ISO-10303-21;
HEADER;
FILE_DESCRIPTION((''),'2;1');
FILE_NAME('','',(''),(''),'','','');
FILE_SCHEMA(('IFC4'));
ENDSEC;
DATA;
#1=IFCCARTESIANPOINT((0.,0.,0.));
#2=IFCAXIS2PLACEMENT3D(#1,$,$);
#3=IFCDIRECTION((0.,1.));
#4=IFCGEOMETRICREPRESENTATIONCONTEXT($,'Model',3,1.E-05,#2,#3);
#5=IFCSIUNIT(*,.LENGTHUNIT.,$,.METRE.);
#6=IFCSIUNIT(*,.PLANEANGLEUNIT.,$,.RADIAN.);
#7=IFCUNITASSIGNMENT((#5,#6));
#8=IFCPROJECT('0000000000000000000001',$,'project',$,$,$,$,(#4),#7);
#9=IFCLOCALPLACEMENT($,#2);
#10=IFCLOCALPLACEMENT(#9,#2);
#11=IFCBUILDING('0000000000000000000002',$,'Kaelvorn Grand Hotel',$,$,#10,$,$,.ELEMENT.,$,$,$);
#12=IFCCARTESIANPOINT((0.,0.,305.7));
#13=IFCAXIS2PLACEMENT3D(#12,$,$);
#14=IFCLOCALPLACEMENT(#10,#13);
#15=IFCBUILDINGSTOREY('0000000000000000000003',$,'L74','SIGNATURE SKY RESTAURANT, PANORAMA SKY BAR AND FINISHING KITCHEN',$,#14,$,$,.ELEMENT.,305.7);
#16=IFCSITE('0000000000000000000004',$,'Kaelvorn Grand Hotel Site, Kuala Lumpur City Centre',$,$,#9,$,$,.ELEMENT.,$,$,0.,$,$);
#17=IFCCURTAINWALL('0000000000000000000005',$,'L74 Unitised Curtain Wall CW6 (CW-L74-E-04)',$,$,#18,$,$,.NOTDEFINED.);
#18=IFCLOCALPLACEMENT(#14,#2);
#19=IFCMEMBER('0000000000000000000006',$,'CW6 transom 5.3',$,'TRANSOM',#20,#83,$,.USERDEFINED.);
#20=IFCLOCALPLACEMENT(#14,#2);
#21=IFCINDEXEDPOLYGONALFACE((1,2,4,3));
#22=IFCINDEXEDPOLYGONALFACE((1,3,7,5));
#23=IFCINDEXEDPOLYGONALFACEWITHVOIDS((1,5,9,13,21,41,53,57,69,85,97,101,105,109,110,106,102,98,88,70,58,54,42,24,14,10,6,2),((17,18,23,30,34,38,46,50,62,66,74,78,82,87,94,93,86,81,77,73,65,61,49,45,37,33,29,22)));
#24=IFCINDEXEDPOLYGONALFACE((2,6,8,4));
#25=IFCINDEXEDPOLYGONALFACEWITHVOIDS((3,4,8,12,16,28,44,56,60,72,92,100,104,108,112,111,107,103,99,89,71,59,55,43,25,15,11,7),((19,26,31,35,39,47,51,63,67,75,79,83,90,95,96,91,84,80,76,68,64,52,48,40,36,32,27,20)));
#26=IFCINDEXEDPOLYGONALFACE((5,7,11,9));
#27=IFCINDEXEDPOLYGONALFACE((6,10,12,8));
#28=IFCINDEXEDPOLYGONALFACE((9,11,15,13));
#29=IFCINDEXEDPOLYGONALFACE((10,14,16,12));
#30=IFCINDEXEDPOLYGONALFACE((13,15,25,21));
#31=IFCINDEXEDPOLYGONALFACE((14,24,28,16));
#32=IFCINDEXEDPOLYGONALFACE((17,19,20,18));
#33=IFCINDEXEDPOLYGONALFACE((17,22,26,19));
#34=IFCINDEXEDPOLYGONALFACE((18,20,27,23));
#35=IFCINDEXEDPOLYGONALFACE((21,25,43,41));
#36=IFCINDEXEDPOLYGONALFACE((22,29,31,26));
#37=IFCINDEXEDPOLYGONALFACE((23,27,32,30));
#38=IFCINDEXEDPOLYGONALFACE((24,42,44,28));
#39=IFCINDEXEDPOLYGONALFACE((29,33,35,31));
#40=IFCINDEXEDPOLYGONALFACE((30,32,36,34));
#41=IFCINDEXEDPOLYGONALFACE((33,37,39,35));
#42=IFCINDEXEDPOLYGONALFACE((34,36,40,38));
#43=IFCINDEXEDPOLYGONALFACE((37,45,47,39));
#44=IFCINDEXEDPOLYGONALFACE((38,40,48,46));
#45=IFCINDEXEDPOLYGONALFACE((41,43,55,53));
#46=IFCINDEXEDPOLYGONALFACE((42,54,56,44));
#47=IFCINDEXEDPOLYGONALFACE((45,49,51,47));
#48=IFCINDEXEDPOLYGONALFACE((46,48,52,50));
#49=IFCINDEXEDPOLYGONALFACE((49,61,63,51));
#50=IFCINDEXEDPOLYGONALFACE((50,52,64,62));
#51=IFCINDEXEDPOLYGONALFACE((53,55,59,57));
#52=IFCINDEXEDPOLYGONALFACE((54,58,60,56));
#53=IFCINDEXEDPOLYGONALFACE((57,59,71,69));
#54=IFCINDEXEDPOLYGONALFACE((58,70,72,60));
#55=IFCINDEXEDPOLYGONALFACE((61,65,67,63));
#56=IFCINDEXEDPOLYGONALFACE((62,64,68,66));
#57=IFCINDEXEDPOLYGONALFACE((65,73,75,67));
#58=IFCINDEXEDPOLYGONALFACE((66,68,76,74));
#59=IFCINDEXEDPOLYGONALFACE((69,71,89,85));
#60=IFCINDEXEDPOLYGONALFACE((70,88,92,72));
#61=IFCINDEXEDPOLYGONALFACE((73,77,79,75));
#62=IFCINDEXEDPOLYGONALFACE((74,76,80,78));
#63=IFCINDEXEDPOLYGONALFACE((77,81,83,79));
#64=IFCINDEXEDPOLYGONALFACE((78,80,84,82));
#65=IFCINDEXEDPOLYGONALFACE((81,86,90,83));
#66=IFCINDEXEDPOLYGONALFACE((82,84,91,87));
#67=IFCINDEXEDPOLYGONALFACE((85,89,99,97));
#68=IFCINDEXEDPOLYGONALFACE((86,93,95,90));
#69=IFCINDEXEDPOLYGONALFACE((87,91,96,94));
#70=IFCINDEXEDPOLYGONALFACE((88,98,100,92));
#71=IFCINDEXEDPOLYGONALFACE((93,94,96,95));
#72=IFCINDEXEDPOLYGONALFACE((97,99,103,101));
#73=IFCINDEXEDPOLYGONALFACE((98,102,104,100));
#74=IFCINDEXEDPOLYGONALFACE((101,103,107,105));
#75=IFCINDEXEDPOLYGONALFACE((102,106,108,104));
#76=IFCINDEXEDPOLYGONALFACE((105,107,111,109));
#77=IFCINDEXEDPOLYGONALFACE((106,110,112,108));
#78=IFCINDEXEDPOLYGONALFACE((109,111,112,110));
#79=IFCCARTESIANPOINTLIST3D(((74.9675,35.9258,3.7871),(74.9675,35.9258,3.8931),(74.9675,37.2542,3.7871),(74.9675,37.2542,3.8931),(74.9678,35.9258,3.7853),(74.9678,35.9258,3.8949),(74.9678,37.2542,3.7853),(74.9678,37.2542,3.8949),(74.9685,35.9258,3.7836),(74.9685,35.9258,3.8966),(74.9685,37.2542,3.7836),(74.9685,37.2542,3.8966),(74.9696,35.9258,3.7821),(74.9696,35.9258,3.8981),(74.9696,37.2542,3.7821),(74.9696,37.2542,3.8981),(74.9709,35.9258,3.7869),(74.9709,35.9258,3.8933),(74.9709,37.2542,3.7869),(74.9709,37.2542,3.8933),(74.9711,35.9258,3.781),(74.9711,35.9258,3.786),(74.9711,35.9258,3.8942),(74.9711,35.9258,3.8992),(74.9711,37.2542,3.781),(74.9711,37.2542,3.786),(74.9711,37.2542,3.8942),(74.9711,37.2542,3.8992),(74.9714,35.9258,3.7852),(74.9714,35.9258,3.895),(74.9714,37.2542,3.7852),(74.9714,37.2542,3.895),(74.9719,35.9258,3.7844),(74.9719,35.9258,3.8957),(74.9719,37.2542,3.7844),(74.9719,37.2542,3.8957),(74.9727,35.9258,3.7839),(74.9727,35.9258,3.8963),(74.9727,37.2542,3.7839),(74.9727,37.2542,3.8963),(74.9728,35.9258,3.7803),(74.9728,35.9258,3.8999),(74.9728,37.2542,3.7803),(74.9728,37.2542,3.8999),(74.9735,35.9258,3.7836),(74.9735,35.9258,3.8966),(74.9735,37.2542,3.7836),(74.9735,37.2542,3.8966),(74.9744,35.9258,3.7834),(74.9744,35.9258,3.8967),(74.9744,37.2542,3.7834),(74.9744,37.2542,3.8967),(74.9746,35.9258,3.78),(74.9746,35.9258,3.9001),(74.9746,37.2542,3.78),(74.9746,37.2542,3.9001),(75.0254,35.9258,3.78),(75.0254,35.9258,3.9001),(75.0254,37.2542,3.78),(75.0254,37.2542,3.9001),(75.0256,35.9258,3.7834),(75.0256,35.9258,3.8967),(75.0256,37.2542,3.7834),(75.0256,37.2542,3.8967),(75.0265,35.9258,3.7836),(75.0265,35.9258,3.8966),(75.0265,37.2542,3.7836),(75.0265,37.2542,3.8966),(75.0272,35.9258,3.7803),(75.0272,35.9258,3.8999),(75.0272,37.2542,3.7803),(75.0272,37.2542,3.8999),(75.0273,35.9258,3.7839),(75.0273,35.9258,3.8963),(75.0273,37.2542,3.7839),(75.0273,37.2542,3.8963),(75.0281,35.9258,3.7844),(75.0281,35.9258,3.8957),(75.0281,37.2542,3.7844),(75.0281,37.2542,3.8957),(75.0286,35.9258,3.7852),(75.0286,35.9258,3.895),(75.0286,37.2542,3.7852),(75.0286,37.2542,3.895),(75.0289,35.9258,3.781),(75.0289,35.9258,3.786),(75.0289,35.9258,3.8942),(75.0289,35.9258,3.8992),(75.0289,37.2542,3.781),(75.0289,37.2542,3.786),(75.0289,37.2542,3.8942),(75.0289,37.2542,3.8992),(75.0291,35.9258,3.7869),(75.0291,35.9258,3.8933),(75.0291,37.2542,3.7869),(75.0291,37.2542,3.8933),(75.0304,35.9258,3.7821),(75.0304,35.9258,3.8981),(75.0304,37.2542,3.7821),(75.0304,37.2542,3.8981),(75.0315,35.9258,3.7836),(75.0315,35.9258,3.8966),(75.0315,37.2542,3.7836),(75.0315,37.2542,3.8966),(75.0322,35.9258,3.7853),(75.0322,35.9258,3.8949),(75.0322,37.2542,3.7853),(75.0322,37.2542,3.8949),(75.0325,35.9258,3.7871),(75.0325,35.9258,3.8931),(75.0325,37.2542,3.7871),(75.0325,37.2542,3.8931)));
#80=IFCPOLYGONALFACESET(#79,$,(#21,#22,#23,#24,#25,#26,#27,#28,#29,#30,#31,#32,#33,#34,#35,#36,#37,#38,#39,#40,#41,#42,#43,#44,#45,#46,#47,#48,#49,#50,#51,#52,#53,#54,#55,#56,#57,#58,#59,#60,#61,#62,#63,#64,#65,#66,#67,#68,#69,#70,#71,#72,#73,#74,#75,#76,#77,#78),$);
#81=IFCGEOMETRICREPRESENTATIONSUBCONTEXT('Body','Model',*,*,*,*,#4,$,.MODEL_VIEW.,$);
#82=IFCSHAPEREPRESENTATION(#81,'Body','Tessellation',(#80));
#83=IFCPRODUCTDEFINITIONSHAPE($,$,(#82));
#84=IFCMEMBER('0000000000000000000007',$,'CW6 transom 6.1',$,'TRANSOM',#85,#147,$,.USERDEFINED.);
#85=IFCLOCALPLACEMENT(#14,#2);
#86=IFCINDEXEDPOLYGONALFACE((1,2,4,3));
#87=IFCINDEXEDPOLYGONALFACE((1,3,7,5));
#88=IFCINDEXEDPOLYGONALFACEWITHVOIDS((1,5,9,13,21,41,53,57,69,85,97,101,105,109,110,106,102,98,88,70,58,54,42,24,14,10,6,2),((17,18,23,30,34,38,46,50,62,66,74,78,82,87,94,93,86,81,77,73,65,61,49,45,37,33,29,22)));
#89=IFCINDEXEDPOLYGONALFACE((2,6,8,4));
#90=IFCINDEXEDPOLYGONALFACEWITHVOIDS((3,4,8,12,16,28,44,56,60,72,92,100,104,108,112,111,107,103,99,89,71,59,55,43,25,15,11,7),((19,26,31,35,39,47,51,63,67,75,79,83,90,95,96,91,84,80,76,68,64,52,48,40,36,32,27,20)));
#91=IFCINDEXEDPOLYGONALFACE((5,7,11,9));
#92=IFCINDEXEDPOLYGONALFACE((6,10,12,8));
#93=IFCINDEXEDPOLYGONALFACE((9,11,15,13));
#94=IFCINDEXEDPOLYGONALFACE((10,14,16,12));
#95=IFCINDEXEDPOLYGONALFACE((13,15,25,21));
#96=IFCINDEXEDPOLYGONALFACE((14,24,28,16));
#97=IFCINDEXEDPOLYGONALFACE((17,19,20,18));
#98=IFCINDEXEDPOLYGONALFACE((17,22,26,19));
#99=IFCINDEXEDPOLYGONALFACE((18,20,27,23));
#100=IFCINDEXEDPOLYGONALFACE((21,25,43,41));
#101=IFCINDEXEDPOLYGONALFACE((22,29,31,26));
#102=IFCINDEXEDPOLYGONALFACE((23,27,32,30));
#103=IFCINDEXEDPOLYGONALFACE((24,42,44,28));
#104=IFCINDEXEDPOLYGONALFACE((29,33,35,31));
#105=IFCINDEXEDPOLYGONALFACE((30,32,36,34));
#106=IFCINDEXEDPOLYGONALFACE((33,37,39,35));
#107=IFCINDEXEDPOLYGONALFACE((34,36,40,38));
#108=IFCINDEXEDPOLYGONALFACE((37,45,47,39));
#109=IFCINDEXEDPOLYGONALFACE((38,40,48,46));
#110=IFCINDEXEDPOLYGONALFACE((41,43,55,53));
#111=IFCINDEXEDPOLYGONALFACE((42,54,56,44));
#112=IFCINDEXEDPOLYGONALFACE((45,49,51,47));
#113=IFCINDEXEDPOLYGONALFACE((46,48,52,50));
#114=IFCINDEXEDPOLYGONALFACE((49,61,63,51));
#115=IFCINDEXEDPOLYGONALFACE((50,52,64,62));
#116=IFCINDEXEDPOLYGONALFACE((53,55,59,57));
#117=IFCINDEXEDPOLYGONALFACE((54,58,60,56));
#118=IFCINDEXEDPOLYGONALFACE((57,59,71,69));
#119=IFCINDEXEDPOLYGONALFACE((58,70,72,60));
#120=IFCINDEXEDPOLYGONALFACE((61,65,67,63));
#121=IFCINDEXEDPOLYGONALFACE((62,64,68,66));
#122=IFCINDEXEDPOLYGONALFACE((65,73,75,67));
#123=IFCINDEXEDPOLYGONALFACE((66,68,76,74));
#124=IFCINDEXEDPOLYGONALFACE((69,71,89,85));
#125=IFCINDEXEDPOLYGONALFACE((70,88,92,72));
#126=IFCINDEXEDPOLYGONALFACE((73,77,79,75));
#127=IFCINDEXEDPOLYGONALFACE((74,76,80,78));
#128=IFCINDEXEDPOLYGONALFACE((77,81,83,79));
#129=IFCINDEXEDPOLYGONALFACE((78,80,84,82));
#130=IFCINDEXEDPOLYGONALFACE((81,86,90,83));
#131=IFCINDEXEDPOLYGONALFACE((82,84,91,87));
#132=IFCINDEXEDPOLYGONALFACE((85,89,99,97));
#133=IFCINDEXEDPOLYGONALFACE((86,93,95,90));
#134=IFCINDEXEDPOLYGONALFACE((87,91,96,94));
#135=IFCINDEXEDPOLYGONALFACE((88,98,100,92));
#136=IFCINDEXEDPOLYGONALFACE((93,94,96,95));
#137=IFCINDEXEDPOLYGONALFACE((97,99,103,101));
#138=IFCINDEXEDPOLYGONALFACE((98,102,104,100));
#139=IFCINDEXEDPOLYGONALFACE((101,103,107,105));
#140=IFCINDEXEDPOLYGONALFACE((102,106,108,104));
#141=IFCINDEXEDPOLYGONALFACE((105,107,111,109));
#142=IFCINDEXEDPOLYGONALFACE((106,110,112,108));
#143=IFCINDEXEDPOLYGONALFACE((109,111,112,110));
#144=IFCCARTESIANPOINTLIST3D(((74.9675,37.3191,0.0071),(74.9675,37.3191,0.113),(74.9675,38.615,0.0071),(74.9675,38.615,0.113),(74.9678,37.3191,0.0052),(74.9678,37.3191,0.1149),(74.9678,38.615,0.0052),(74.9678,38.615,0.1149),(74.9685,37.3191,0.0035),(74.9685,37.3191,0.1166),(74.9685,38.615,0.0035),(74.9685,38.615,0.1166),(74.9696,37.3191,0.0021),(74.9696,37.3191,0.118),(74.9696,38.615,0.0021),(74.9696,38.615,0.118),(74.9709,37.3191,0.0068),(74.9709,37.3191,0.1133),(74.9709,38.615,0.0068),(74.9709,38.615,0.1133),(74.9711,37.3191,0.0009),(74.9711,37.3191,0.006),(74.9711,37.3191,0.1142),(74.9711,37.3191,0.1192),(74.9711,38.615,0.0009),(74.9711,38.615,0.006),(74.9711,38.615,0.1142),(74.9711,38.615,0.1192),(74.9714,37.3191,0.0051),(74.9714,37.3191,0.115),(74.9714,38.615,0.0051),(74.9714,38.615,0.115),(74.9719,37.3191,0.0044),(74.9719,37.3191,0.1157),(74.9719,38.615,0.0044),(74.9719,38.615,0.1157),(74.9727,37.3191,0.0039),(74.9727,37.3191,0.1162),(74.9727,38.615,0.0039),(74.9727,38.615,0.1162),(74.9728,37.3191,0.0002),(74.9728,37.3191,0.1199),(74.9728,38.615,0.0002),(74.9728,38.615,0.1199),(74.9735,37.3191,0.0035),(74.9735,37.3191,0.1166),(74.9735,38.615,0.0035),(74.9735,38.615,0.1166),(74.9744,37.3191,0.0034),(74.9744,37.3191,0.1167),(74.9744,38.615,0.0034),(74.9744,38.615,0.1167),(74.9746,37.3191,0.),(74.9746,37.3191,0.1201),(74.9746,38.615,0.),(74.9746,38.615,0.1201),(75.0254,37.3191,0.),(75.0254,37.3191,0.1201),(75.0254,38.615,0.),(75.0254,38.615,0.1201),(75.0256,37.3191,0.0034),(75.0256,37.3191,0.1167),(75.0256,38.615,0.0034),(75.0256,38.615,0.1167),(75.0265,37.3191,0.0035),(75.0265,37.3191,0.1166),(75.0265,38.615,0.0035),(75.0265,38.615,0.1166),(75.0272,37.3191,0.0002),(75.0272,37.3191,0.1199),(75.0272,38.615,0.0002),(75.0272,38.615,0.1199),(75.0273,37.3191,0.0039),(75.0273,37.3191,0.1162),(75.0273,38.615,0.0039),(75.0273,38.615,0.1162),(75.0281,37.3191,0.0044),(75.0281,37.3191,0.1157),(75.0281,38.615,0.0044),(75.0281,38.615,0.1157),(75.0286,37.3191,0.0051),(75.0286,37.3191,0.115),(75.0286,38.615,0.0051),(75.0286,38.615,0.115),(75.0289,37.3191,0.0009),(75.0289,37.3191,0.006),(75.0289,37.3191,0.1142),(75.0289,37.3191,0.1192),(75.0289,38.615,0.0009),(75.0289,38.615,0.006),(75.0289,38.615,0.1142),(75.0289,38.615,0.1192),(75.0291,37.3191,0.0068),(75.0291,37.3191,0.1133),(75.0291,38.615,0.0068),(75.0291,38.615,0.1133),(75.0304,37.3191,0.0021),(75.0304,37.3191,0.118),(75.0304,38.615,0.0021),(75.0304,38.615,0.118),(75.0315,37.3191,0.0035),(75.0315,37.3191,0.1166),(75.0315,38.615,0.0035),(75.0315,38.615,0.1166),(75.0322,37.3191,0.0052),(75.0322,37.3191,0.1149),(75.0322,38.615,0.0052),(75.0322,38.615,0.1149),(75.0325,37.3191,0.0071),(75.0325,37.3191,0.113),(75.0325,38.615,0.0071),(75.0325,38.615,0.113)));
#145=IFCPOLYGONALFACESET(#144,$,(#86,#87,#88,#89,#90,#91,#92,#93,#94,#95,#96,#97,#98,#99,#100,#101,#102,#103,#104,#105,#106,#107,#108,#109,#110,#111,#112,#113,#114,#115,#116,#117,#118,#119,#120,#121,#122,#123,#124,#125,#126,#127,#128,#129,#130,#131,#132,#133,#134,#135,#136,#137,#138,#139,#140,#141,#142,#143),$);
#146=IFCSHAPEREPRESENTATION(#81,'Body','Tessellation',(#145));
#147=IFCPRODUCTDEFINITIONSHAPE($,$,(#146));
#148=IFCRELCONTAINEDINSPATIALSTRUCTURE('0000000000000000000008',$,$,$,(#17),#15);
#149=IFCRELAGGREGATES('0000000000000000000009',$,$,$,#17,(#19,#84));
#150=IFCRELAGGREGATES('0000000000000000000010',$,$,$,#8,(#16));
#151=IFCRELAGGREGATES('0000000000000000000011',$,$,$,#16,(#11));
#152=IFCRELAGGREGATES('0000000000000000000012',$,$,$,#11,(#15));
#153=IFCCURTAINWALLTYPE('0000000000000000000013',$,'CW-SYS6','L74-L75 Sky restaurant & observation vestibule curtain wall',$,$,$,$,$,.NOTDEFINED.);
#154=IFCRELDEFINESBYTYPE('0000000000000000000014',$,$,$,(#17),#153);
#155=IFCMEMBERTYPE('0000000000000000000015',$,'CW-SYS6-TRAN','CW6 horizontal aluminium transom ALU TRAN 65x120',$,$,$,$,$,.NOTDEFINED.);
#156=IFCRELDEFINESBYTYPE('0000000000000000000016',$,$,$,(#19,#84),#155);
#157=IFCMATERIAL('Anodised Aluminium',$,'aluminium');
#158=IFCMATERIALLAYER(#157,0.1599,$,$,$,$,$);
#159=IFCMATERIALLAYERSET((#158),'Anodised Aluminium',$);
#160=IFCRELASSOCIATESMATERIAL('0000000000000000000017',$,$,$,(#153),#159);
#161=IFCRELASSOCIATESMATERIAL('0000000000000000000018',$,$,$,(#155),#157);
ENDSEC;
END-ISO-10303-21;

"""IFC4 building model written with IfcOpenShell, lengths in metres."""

from ifc_helpers import new_model, si_unit, direction, frame, origin, origin_2d, place, context, subcontext, project, spatial, hollow_rectangle, extrude, material, layer, layer_set, material_profile, profile_set, type_object, element, aggregate, save


model = new_model("IFC4")

# Units and contexts
model_context = context("Model", 3, precision=1e-05, world=origin(), true_north=direction((0.0, 1.0)))
body_context = subcontext(model_context, "Body", "Model", "MODEL_VIEW")
ifc_project = project(units=[si_unit("LENGTHUNIT", "METRE"), si_unit("PLANEANGLEUNIT", "RADIAN")], contexts=[model_context])

# Site, building, storey
site_placement = place(None, origin())
site = spatial("IfcSite", under=ifc_project, at=site_placement, Name="Kaelvorn Grand Hotel Site, Kuala Lumpur City Centre", CompositionType="ELEMENT", RefElevation=0.0)
building_placement = place(site_placement, origin())
building = spatial("IfcBuilding", under=site, at=building_placement, Name="Kaelvorn Grand Hotel", CompositionType="ELEMENT")
storey_placement = place(building_placement, frame((0.0, 0.0, 305.7)))
storey = spatial("IfcBuildingStorey", under=building, at=storey_placement, Name="L74", Description="SIGNATURE SKY RESTAURANT, PANORAMA SKY BAR AND FINISHING KITCHEN", CompositionType="ELEMENT", Elevation=305.7)

# Curtain wall
ifc_material_1 = material(Name="Anodised Aluminium", Category="aluminium")
ifc_layer_1 = layer(ifc_material_1, 0.1599)
ifc_layer_set_1 = layer_set([ifc_layer_1], Name="Anodised Aluminium")
curtain_wall_type = type_object("IfcCurtainWallType", Name="CW-SYS6", Description="L74-L75 Sky restaurant & observation vestibule curtain wall", PredefinedType="NOTDEFINED", material=ifc_layer_set_1)
curtain_wall_1_placement = place(storey_placement, origin())
curtain_wall_1 = element("IfcCurtainWall", 1, at=curtain_wall_1_placement, inside=storey, type_object=curtain_wall_type, Name="L74 Unitised Curtain Wall CW6 (CW-L74-E-04)", PredefinedType="NOTDEFINED")

# Members
ifc_material_profile_1 = material_profile(ifc_material_1, hollow_rectangle(XDim=0.0649, YDim=0.1201, WallThickness=0.0034, InnerFilletRadius=0.0034, OuterFilletRadius=0.0071, at=origin_2d()), Name="ALU TRAN 65x120")
ifc_profile_set_1 = profile_set([ifc_material_profile_1], Name="Anodised Aluminium")
member_type_1 = type_object("IfcMemberType", Name="CW-SYS6-TRAN", Description="CW6 horizontal aluminium transom ALU TRAN 65x120", PredefinedType="NOTDEFINED", material=ifc_profile_set_1)
member_1_placement = place(storey_placement, frame((75.0, 35.9258, 3.8401), z_axis=(0.0, 1.0, 0.0), x_axis=(-1.0, 0.0, 0.0)))
member_1 = element("IfcMember", 2, at=member_1_placement, type_object=member_type_1, Name="CW6 transom 5.3", ObjectType="TRANSOM", PredefinedType="USERDEFINED", context=body_context, shape_type="SweptSolid", body=[
    extrude(hollow_rectangle(XDim=0.0649, YDim=0.1201, WallThickness=0.0034, InnerFilletRadius=0.0034, OuterFilletRadius=0.0071, at=origin_2d()), origin(), (0.0, 0.0, 1.0), 1.3284),
])
member_2_placement = place(storey_placement, frame((75.0, 37.3191, 0.0601), z_axis=(0.0, 1.0, 0.0), x_axis=(-1.0, 0.0, 0.0)))
member_2 = element("IfcMember", 3, at=member_2_placement, type_object=member_type_1, Name="CW6 transom 6.1", ObjectType="TRANSOM", PredefinedType="USERDEFINED", context=body_context, shape_type="SweptSolid", body=[
    extrude(hollow_rectangle(XDim=0.0649, YDim=0.1201, WallThickness=0.0034, InnerFilletRadius=0.0034, OuterFilletRadius=0.0071, at=origin_2d()), origin(), (0.0, 0.0, 1.0), 1.2959),
])

aggregate(curtain_wall_1, [member_1, member_2])

save(model, "model.ifc")
